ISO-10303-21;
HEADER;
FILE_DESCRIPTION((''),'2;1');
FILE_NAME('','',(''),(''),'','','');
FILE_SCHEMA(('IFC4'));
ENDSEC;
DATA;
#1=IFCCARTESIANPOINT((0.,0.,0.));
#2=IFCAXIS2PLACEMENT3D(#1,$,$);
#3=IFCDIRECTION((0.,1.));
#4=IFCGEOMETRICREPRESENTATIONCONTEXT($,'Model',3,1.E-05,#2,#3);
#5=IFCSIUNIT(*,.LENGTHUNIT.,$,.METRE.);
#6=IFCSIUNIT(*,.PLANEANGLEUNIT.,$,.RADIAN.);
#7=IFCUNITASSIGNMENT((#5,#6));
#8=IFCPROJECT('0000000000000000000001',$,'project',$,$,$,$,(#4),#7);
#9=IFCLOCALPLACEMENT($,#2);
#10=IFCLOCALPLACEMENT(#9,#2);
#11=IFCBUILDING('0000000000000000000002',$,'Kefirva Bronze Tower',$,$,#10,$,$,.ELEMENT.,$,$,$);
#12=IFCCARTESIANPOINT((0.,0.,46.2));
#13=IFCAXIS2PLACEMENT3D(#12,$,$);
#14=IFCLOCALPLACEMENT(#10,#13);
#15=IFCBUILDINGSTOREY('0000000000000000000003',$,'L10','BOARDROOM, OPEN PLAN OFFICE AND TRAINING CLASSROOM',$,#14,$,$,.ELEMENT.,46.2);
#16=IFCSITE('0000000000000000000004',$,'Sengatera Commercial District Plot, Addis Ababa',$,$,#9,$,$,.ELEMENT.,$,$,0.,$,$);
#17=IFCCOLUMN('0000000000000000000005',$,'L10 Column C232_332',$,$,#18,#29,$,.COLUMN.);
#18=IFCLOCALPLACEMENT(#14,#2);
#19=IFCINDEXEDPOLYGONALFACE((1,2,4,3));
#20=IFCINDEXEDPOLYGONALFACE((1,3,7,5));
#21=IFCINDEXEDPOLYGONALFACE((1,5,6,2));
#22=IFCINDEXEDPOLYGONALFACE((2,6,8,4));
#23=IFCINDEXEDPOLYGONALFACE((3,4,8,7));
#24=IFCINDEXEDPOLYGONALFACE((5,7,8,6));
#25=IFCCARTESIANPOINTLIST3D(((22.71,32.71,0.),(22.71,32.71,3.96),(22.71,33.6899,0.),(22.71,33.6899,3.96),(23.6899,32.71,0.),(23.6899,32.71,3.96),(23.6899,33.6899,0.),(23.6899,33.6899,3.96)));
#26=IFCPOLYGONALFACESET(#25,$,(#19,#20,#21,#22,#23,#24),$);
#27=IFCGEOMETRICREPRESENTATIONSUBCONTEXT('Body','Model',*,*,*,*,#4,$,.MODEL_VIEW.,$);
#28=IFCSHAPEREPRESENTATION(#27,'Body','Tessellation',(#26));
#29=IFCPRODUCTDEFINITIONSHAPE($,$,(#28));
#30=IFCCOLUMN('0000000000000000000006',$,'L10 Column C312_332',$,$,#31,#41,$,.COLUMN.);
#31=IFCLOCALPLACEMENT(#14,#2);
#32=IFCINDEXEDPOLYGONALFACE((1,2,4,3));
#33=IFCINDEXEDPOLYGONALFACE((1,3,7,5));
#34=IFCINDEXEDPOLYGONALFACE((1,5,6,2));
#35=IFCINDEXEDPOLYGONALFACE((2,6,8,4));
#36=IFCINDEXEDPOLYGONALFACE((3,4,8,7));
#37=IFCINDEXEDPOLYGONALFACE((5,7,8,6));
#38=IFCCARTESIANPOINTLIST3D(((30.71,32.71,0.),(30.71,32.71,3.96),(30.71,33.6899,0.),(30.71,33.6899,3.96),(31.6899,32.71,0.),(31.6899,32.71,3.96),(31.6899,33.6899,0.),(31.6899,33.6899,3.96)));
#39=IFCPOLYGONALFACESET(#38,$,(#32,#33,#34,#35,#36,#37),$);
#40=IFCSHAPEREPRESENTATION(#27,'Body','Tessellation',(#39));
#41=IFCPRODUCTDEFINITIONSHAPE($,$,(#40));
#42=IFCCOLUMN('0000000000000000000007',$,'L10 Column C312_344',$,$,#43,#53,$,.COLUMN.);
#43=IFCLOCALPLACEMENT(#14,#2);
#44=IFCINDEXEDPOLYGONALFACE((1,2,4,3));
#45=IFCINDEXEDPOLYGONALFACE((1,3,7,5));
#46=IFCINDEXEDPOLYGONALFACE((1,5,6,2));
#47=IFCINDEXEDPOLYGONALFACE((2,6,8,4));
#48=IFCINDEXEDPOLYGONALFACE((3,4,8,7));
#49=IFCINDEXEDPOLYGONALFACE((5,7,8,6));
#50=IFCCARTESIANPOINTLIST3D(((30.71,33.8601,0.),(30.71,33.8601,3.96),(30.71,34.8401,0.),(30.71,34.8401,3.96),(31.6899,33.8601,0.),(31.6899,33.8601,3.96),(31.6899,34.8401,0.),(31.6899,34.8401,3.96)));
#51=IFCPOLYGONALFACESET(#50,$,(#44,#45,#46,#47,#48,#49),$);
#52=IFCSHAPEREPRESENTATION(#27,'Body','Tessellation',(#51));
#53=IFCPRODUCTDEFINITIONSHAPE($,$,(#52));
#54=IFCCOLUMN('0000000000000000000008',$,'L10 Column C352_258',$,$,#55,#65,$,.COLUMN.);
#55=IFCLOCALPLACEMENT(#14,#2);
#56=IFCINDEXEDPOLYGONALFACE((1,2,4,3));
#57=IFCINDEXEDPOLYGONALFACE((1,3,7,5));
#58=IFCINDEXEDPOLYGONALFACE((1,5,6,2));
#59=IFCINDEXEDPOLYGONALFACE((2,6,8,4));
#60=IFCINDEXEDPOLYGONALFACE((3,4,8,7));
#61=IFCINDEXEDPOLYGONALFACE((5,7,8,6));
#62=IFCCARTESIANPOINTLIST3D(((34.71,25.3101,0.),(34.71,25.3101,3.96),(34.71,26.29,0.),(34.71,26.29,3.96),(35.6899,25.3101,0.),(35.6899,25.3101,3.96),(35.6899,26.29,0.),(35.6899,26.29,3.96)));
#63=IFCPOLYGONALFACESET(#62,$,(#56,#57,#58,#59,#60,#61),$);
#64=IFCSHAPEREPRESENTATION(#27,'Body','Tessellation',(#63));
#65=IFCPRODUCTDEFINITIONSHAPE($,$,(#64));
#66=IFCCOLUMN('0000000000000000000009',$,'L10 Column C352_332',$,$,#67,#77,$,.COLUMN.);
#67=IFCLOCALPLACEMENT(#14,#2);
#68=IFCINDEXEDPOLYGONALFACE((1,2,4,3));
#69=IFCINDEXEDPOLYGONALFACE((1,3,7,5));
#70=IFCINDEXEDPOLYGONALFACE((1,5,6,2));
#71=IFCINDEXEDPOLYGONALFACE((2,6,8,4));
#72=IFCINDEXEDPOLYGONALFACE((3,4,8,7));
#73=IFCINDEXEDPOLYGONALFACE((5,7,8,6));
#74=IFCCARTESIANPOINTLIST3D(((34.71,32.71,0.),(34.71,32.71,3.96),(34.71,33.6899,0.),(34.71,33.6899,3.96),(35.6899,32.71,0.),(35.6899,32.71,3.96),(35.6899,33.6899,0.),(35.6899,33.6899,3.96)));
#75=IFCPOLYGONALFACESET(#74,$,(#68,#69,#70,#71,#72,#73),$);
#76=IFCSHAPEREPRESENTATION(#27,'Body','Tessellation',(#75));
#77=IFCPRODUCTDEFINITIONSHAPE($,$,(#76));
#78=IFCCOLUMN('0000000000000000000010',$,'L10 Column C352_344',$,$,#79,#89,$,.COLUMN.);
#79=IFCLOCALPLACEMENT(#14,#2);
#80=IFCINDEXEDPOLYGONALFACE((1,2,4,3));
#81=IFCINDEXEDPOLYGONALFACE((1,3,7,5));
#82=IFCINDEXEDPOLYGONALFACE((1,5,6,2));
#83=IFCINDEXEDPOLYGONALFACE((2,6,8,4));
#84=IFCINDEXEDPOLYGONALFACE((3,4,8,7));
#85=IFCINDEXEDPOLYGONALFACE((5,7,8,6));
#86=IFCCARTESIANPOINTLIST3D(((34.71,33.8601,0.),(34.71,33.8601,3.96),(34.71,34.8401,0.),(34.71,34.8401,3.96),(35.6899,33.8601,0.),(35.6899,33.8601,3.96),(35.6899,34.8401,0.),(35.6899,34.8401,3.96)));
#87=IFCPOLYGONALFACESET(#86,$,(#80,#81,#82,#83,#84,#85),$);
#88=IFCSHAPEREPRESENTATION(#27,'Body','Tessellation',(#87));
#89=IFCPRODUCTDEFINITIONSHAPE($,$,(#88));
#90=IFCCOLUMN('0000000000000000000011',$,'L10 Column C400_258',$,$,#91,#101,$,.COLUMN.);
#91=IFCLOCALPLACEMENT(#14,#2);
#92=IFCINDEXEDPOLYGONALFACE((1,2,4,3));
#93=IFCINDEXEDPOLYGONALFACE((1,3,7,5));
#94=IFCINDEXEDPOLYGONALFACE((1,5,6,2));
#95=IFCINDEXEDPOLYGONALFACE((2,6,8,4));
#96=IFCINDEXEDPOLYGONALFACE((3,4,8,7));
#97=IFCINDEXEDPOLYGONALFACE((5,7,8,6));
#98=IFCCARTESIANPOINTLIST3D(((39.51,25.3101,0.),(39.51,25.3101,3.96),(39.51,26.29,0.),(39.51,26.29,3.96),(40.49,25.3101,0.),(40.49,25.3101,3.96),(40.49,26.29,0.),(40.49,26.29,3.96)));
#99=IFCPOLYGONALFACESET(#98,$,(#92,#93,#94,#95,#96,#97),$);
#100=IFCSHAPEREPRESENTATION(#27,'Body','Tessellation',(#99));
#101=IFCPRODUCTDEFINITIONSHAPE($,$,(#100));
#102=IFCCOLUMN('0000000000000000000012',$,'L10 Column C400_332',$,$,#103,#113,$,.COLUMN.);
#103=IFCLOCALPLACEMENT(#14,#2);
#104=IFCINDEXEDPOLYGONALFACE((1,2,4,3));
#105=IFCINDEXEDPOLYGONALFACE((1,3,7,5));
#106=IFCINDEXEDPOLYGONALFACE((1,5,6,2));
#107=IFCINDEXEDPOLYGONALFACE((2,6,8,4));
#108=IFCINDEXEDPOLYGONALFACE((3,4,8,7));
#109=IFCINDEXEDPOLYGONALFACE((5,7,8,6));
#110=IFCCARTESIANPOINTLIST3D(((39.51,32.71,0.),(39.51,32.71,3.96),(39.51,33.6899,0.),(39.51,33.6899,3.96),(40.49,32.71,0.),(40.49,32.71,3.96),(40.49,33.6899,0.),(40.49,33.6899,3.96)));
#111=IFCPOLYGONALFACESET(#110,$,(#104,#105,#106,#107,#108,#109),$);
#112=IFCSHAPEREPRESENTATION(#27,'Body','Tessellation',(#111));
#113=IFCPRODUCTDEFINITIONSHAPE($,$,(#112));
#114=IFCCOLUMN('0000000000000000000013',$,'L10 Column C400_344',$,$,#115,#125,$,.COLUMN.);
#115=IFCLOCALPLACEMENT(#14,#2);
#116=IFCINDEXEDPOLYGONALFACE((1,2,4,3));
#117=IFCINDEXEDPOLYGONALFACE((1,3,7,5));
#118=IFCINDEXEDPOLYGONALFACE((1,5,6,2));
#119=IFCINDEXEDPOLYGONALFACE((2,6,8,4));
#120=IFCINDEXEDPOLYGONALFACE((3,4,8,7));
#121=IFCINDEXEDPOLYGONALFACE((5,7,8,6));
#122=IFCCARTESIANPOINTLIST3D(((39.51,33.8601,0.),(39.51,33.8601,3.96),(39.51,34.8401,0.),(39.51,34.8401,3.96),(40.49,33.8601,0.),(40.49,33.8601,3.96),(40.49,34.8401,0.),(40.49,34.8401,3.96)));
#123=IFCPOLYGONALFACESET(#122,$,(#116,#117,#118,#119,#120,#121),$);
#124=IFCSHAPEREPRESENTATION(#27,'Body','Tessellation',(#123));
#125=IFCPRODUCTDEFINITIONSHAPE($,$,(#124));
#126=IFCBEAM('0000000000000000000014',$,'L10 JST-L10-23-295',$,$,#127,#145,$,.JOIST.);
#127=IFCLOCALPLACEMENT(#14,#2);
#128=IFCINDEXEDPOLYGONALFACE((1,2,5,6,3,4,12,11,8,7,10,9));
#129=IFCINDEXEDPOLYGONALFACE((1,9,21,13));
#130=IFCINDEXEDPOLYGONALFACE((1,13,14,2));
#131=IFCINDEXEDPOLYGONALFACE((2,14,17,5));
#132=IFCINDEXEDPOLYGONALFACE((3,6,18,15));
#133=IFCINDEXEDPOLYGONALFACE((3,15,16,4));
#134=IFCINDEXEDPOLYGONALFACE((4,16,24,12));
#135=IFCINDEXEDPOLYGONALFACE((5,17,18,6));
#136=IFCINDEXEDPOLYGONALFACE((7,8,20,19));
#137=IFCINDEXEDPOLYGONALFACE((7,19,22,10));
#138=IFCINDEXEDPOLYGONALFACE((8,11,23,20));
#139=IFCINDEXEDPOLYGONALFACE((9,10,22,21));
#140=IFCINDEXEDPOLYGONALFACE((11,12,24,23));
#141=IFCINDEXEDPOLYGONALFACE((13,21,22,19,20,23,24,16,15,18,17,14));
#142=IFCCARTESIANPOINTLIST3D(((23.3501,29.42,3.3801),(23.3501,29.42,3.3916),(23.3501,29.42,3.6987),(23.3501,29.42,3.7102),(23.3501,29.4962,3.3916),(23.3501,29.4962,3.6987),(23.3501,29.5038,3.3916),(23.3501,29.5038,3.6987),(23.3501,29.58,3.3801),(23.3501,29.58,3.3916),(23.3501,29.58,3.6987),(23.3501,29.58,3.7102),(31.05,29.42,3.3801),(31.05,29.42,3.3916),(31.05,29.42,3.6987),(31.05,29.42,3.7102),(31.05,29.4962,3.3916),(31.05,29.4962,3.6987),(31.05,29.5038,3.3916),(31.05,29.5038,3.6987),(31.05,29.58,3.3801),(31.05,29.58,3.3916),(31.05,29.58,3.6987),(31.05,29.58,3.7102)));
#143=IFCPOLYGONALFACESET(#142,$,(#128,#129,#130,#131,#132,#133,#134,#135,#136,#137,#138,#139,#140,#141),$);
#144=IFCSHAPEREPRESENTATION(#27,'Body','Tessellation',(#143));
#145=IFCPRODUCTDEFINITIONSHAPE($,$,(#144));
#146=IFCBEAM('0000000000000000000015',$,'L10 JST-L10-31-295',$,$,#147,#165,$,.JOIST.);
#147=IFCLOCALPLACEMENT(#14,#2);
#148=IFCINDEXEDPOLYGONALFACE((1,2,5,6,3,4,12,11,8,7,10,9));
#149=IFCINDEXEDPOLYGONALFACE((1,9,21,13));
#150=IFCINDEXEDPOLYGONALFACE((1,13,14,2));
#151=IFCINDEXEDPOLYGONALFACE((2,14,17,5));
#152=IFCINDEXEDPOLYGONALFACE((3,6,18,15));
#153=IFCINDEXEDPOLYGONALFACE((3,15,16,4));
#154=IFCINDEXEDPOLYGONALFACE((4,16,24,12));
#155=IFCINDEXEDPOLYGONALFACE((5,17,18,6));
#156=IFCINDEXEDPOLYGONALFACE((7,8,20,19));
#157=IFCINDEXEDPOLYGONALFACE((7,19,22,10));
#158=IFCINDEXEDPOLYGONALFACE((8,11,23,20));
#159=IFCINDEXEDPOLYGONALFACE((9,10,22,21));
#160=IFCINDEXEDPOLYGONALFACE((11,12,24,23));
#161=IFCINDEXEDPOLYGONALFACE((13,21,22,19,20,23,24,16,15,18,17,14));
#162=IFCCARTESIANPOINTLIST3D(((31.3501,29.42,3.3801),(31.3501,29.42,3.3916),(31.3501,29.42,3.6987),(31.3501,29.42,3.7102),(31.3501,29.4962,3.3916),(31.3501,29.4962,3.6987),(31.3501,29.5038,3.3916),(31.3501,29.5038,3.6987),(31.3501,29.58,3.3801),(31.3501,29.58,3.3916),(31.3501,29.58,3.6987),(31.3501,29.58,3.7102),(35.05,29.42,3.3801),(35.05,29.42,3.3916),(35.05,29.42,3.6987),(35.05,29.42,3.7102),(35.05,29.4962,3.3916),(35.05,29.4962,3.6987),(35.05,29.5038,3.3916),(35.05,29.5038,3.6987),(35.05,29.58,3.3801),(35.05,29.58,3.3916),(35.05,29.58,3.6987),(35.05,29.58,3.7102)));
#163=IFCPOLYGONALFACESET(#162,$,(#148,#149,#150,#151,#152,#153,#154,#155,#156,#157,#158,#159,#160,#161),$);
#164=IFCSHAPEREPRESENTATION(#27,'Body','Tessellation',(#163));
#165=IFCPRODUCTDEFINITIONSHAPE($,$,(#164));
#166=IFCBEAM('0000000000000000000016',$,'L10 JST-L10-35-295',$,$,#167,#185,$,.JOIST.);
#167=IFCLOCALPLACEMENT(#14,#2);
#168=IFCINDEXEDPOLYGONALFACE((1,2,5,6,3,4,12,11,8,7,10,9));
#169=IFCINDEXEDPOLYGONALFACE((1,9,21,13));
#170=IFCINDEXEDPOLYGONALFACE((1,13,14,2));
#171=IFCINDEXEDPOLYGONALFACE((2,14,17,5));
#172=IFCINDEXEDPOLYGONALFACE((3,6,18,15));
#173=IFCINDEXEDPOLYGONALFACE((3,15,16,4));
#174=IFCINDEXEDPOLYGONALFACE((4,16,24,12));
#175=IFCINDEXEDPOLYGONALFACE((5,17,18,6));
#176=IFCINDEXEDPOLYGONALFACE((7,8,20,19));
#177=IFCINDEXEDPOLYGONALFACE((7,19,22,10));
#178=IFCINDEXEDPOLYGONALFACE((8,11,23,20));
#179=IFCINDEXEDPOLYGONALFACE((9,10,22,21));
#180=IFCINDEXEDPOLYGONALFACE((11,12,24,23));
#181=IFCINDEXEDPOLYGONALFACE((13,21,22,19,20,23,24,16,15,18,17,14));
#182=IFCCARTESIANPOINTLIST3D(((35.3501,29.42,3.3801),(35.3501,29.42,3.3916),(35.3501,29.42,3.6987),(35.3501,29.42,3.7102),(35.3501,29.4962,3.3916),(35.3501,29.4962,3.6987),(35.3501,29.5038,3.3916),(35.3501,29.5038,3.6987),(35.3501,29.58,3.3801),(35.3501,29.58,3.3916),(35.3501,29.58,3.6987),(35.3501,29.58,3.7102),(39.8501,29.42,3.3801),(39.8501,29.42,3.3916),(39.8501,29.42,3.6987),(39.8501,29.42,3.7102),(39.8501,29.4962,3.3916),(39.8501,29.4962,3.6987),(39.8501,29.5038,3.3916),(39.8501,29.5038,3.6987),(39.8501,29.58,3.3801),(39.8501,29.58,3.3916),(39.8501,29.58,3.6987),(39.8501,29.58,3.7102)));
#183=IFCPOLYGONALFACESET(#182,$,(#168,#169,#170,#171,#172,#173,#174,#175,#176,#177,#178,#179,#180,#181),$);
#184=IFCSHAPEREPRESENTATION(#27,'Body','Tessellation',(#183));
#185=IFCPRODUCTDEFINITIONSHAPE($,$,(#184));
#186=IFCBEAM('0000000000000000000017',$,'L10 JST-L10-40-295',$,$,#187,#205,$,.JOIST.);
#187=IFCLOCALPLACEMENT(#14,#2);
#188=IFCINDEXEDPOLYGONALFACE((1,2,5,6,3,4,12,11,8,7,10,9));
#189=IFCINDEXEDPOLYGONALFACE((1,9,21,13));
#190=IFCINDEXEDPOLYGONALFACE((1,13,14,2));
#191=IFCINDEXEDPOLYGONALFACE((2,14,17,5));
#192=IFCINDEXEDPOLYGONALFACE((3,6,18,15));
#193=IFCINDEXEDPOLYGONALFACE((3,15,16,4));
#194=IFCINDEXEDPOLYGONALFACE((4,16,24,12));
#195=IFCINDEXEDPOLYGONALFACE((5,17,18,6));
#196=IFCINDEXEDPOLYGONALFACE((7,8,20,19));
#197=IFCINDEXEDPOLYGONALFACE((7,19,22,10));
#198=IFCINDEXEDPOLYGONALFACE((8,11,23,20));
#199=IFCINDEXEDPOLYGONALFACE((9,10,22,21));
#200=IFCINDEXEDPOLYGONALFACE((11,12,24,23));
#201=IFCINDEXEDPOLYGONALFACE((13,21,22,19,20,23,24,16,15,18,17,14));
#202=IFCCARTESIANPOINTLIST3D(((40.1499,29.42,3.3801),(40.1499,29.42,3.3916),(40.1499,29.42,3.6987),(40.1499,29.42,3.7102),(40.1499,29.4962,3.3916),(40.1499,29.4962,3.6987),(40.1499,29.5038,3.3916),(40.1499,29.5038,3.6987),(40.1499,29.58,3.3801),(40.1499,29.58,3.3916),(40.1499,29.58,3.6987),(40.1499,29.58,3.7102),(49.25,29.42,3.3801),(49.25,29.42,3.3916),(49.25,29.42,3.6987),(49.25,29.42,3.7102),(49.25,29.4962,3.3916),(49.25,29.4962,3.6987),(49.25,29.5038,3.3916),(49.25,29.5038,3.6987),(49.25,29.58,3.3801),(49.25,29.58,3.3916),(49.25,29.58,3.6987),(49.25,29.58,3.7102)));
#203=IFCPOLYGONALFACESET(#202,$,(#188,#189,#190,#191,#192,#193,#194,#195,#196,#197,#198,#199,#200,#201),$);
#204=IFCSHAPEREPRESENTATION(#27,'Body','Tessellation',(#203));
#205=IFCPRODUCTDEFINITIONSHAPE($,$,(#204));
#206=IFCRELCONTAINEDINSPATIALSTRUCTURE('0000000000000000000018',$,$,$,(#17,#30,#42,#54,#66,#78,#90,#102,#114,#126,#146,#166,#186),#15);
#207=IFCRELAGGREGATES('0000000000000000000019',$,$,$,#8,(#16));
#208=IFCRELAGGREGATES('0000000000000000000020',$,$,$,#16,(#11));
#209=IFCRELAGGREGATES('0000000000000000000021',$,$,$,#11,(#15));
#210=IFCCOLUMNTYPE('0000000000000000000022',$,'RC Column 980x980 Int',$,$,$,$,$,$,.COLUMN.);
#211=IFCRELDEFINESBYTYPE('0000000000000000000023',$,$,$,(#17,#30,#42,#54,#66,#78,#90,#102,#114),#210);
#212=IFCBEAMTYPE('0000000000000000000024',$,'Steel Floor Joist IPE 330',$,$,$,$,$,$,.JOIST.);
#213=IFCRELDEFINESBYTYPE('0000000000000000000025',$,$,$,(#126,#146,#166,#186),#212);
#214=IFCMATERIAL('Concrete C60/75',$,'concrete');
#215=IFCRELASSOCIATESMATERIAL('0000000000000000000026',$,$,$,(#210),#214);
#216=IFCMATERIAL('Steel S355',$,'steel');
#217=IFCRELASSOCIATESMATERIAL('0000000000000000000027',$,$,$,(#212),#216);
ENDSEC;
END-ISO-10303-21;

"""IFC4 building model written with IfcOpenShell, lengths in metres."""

from ifc_helpers import new_model, si_unit, direction, frame, origin, origin_2d, place, context, subcontext, project, spatial, rectangle, i_section, extrude, material, material_profile, profile_set, type_object, element, save


model = new_model("IFC4")

# Units and contexts
model_context = context("Model", 3, precision=1e-05, world=origin(), true_north=direction((0.0, 1.0)))
body_context = subcontext(model_context, "Body", "Model", "MODEL_VIEW")
ifc_project = project(units=[si_unit("LENGTHUNIT", "METRE"), si_unit("PLANEANGLEUNIT", "RADIAN")], contexts=[model_context])

# Site, building, storey
site_placement = place(None, origin())
site = spatial("IfcSite", under=ifc_project, at=site_placement, Name="Sengatera Commercial District Plot, Addis Ababa", CompositionType="ELEMENT", RefElevation=0.0)
building_placement = place(site_placement, origin())
building = spatial("IfcBuilding", under=site, at=building_placement, Name="Kefirva Bronze Tower", CompositionType="ELEMENT")
storey_placement = place(building_placement, frame((0.0, 0.0, 46.2)))
storey = spatial("IfcBuildingStorey", under=building, at=storey_placement, Name="L10", Description="BOARDROOM, OPEN PLAN OFFICE AND TRAINING CLASSROOM", CompositionType="ELEMENT", Elevation=46.2)

# Columns
ifc_material_1 = material(Name="Concrete C60/75", Category="concrete")
ifc_material_profile_1 = material_profile(ifc_material_1, rectangle(XDim=0.98, YDim=0.98, at=origin_2d()), Name="RC 980x980")
ifc_profile_set_1 = profile_set([ifc_material_profile_1], Name="Concrete C60/75")
column_type = type_object("IfcColumnType", Name="RC Column 980x980 Int", PredefinedType="COLUMN", material=ifc_profile_set_1)
for number, where, z_axis, x_axis, name in (
    (1, (23.2, 33.2, 0.0), (0.0, 0.0, 1.0), (1.0, 0.0, 0.0), "L10 Column C232_332"),
    (2, (31.2, 33.2, 0.0), (0.0, 0.0, 1.0), (1.0, 0.0, 0.0), "L10 Column C312_332"),
    (3, (31.2, 34.3501, 0.0), (0.0, 0.0, 1.0), (1.0, 0.0, 0.0), "L10 Column C312_344"),
    (4, (35.2, 25.8, 0.0), (0.0, 0.0, 1.0), (1.0, 0.0, 0.0), "L10 Column C352_258"),
    (5, (35.2, 33.2, 0.0), (0.0, 0.0, 1.0), (1.0, 0.0, 0.0), "L10 Column C352_332"),
    (6, (35.2, 34.3501, 0.0), (0.0, 0.0, 1.0), (1.0, 0.0, 0.0), "L10 Column C352_344"),
    (7, (40.0, 25.8, 0.0), (0.0, 0.0, 1.0), (1.0, 0.0, 0.0), "L10 Column C400_258"),
    (8, (40.0, 33.2, 0.0), (0.0, 0.0, 1.0), (1.0, 0.0, 0.0), "L10 Column C400_332"),
    (9, (40.0, 34.3501, 0.0), (0.0, 0.0, 1.0), (1.0, 0.0, 0.0), "L10 Column C400_344"),
):
    element("IfcColumn", number, at=place(storey_placement, frame(where, z_axis=z_axis, x_axis=x_axis)), inside=storey, type_object=column_type, Name=name, PredefinedType="COLUMN", context=body_context, shape_type="SweptSolid", body=[
        extrude(rectangle(XDim=0.98, YDim=0.98, at=origin_2d()), origin(), (0.0, 0.0, 1.0), 3.96),
    ])

# Beams
ifc_material_2 = material(Name="Steel S355", Category="steel")
ifc_material_profile_2 = material_profile(ifc_material_2, i_section(OverallWidth=0.1599, OverallDepth=0.3301, WebThickness=0.0076, FlangeThickness=0.0115, at=origin_2d()), Name="IPE 330")
ifc_profile_set_2 = profile_set([ifc_material_profile_2], Name="Steel S355")
beam_type_1 = type_object("IfcBeamType", Name="Steel Floor Joist IPE 330", PredefinedType="JOIST", material=ifc_profile_set_2)
beam_1_placement = place(storey_placement, frame((23.3501, 29.5, 3.5452), z_axis=(1.0, 0.0, 0.0), x_axis=(0.0, 1.0, 0.0)))
element("IfcBeam", 10, at=beam_1_placement, inside=storey, type_object=beam_type_1, Name="L10 JST-L10-23-295", PredefinedType="JOIST", context=body_context, shape_type="SweptSolid", body=[
    extrude(i_section(OverallWidth=0.1599, OverallDepth=0.3301, WebThickness=0.0076, FlangeThickness=0.0115, at=origin_2d()), origin(), (0.0, 0.0, 1.0), 7.7),
])
beam_2_placement = place(storey_placement, frame((31.3501, 29.5, 3.5452), z_axis=(1.0, 0.0, 0.0), x_axis=(0.0, 1.0, 0.0)))
element("IfcBeam", 11, at=beam_2_placement, inside=storey, type_object=beam_type_1, Name="L10 JST-L10-31-295", PredefinedType="JOIST", context=body_context, shape_type="SweptSolid", body=[
    extrude(i_section(OverallWidth=0.1599, OverallDepth=0.3301, WebThickness=0.0076, FlangeThickness=0.0115, at=origin_2d()), origin(), (0.0, 0.0, 1.0), 3.7),
])
beam_3_placement = place(storey_placement, frame((35.3501, 29.5, 3.5452), z_axis=(1.0, 0.0, 0.0), x_axis=(0.0, 1.0, 0.0)))
element("IfcBeam", 12, at=beam_3_placement, inside=storey, type_object=beam_type_1, Name="L10 JST-L10-35-295", PredefinedType="JOIST", context=body_context, shape_type="SweptSolid", body=[
    extrude(i_section(OverallWidth=0.1599, OverallDepth=0.3301, WebThickness=0.0076, FlangeThickness=0.0115, at=origin_2d()), origin(), (0.0, 0.0, 1.0), 4.5),
])
beam_4_placement = place(storey_placement, frame((40.1499, 29.5, 3.5452), z_axis=(1.0, 0.0, 0.0), x_axis=(0.0, 1.0, 0.0)))
element("IfcBeam", 13, at=beam_4_placement, inside=storey, type_object=beam_type_1, Name="L10 JST-L10-40-295", PredefinedType="JOIST", context=body_context, shape_type="SweptSolid", body=[
    extrude(i_section(OverallWidth=0.1599, OverallDepth=0.3301, WebThickness=0.0076, FlangeThickness=0.0115, at=origin_2d()), origin(), (0.0, 0.0, 1.0), 9.1001),
])

save(model, "model.ifc")
